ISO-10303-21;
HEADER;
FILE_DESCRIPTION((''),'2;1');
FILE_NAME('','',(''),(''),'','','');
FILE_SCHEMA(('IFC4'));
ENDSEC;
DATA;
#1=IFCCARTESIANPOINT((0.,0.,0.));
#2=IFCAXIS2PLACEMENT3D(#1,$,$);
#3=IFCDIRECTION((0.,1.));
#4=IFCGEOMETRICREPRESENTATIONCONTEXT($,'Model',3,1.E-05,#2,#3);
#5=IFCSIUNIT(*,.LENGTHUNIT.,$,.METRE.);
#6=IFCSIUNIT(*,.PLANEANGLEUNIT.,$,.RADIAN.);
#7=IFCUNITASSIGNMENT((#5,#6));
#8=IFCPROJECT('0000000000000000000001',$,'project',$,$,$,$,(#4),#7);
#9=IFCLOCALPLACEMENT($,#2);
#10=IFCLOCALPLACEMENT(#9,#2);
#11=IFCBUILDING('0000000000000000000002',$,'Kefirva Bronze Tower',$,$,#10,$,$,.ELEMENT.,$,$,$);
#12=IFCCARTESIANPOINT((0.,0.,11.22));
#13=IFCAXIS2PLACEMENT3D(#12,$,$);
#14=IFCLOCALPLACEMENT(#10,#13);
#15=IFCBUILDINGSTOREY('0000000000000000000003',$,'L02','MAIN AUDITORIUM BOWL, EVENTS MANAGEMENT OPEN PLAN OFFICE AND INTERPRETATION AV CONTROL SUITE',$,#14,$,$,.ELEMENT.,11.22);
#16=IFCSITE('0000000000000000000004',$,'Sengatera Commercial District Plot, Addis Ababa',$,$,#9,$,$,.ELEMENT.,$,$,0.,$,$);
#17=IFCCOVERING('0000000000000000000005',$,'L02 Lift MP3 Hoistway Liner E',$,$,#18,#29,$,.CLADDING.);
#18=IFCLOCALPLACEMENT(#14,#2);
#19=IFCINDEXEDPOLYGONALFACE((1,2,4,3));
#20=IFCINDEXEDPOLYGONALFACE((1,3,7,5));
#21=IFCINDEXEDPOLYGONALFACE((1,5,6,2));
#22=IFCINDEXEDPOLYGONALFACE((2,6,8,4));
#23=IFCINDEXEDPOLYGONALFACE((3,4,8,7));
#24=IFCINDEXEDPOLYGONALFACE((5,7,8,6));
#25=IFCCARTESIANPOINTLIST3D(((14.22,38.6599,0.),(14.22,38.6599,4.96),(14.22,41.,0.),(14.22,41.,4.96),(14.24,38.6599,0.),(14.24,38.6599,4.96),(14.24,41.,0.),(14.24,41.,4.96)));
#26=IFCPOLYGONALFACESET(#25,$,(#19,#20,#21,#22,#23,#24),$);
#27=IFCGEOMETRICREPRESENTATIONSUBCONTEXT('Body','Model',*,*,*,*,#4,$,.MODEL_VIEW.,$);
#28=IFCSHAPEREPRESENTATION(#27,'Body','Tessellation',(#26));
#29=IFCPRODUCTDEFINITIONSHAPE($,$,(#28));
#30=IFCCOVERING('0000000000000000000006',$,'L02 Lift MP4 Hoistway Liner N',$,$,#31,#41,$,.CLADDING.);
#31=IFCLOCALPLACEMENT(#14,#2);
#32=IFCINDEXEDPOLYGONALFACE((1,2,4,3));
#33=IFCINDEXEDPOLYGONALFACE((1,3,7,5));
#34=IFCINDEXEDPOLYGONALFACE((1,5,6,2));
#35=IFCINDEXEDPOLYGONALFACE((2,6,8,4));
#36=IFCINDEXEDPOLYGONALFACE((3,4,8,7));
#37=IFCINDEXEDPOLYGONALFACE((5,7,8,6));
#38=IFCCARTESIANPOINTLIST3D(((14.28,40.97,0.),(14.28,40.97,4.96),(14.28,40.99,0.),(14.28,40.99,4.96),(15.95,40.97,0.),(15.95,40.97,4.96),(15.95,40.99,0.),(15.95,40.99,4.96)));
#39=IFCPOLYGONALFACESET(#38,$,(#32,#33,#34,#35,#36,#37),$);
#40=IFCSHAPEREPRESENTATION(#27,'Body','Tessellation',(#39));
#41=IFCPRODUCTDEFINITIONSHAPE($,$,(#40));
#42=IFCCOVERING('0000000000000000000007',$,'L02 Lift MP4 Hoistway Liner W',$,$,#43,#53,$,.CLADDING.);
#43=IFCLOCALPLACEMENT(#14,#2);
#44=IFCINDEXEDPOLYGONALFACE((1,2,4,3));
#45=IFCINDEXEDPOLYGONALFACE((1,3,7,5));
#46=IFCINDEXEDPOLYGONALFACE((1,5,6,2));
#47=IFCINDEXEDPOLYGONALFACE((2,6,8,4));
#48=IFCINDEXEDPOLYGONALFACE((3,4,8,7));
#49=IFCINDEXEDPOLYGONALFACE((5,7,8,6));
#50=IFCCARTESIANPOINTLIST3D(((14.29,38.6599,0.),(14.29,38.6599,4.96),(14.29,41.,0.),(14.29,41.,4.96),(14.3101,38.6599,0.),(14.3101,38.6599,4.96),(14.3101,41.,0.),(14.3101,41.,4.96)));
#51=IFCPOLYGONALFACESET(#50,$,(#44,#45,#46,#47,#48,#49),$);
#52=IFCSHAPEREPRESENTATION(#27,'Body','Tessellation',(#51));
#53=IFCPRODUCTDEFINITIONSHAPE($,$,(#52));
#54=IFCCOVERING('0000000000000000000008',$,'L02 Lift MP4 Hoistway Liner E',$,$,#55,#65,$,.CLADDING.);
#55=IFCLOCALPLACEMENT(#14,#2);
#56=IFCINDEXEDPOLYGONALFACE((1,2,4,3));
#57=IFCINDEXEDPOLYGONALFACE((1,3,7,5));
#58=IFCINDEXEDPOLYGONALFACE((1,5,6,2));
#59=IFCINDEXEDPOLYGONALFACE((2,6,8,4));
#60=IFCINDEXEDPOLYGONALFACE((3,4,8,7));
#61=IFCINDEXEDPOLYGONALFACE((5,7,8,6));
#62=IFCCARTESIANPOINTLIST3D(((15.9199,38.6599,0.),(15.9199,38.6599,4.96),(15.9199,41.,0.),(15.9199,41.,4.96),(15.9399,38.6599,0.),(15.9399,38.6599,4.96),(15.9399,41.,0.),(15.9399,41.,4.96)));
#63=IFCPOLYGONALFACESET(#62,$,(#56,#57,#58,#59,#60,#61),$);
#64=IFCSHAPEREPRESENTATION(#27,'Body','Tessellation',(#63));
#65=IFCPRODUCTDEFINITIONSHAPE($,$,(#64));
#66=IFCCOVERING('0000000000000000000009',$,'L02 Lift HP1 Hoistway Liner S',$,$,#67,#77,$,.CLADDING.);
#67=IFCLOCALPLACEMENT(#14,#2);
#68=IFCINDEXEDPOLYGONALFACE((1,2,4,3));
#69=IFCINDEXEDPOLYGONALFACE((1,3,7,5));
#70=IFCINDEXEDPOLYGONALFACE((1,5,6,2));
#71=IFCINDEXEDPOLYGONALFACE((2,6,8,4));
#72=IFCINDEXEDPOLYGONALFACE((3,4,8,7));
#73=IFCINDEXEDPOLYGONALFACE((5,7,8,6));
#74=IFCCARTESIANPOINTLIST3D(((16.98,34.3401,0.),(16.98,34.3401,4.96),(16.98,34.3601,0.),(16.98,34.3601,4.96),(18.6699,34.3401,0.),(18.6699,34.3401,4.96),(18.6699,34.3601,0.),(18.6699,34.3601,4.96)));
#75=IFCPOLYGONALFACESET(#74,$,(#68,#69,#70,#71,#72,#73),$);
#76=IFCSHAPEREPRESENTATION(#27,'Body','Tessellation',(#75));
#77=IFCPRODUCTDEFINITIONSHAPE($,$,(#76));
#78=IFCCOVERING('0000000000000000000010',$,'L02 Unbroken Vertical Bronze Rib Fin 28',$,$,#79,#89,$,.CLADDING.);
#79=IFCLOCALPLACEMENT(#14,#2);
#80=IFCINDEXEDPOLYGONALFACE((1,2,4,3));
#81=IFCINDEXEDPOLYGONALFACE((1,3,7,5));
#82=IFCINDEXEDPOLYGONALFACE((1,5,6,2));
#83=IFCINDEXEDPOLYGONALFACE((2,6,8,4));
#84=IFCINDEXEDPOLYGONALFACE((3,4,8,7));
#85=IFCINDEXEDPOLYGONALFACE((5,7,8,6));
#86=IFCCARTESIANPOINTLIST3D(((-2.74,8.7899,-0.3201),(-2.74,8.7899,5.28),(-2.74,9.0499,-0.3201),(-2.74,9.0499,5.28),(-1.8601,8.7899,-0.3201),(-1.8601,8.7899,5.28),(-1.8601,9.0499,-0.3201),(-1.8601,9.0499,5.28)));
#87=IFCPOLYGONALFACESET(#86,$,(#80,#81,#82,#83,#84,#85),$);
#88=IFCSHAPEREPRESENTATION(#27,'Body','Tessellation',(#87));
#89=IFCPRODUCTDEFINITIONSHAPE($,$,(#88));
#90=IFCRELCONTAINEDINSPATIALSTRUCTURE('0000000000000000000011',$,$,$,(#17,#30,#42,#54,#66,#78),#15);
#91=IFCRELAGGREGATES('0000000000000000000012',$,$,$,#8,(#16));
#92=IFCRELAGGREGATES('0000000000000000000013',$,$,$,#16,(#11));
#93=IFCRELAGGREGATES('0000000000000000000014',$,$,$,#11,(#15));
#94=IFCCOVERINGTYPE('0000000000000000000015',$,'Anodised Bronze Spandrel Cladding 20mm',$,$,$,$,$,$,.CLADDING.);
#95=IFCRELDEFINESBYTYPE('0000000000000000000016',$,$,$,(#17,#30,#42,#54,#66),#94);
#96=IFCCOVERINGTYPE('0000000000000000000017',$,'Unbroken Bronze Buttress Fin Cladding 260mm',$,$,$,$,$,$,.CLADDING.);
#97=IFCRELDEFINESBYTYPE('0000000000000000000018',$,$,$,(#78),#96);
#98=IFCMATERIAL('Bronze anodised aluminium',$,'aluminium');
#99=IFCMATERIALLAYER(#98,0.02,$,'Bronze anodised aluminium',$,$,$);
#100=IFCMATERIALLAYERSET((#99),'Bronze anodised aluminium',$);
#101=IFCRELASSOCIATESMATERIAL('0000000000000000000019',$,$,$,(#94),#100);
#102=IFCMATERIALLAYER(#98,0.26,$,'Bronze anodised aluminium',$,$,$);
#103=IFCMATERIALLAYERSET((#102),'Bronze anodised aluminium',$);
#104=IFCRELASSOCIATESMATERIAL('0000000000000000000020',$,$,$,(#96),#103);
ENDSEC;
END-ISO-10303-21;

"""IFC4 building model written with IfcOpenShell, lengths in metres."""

from ifc_helpers import new_model, si_unit, direction, frame, origin, origin_2d, place, context, subcontext, project, spatial, polyline, rectangle, outline, extrude, material, layer, layer_set, type_object, element, save


model = new_model("IFC4")

# Units and contexts
model_context = context("Model", 3, precision=1e-05, world=origin(), true_north=direction((0.0, 1.0)))
body_context = subcontext(model_context, "Body", "Model", "MODEL_VIEW")
ifc_project = project(units=[si_unit("LENGTHUNIT", "METRE"), si_unit("PLANEANGLEUNIT", "RADIAN")], contexts=[model_context])

# Site, building, storey
site_placement = place(None, origin())
site = spatial("IfcSite", under=ifc_project, at=site_placement, Name="Sengatera Commercial District Plot, Addis Ababa", CompositionType="ELEMENT", RefElevation=0.0)
building_placement = place(site_placement, origin())
building = spatial("IfcBuilding", under=site, at=building_placement, Name="Kefirva Bronze Tower", CompositionType="ELEMENT")
storey_placement = place(building_placement, frame((0.0, 0.0, 11.22)))
storey = spatial("IfcBuildingStorey", under=building, at=storey_placement, Name="L02", Description="MAIN AUDITORIUM BOWL, EVENTS MANAGEMENT OPEN PLAN OFFICE AND INTERPRETATION AV CONTROL SUITE", CompositionType="ELEMENT", Elevation=11.22)

# Shared definitions
ifc_material_1 = material(Name="Bronze anodised aluminium", Category="aluminium")

# Coverings
ifc_layer_1 = layer(ifc_material_1, 0.02, Name="Bronze anodised aluminium")
ifc_layer_set_1 = layer_set([ifc_layer_1], Name="Bronze anodised aluminium")
covering_type_1 = type_object("IfcCoveringType", Name="Anodised Bronze Spandrel Cladding 20mm", PredefinedType="CLADDING", material=ifc_layer_set_1)
covering_1_placement = place(storey_placement, origin())
element("IfcCovering", 1, at=covering_1_placement, inside=storey, type_object=covering_type_1, Name="L02 Lift MP3 Hoistway Liner E", PredefinedType="CLADDING", context=body_context, shape_type="SweptSolid", body=[
    extrude(outline(polyline([(14.22, 38.6599), (14.24, 38.6599), (14.24, 41.0), (14.22, 41.0), (14.22, 38.6599)])), origin(), (0.0, 0.0, 1.0), 4.96),
])
covering_2_placement = place(storey_placement, origin())
element("IfcCovering", 2, at=covering_2_placement, inside=storey, type_object=covering_type_1, Name="L02 Lift MP4 Hoistway Liner N", PredefinedType="CLADDING", context=body_context, shape_type="SweptSolid", body=[
    extrude(outline(polyline([(14.28, 40.97), (15.95, 40.97), (15.95, 40.99), (14.28, 40.99), (14.28, 40.97)])), origin(), (0.0, 0.0, 1.0), 4.96),
])
covering_3_placement = place(storey_placement, origin())
element("IfcCovering", 3, at=covering_3_placement, inside=storey, type_object=covering_type_1, Name="L02 Lift MP4 Hoistway Liner W", PredefinedType="CLADDING", context=body_context, shape_type="SweptSolid", body=[
    extrude(outline(polyline([(14.29, 38.6599), (14.3101, 38.6599), (14.3101, 41.0), (14.29, 41.0), (14.29, 38.6599)])), origin(), (0.0, 0.0, 1.0), 4.96),
])
covering_4_placement = place(storey_placement, origin())
element("IfcCovering", 4, at=covering_4_placement, inside=storey, type_object=covering_type_1, Name="L02 Lift MP4 Hoistway Liner E", PredefinedType="CLADDING", context=body_context, shape_type="SweptSolid", body=[
    extrude(outline(polyline([(15.9199, 38.6599), (15.9399, 38.6599), (15.9399, 41.0), (15.9199, 41.0), (15.9199, 38.6599)])), origin(), (0.0, 0.0, 1.0), 4.96),
])
covering_5_placement = place(storey_placement, origin())
element("IfcCovering", 5, at=covering_5_placement, inside=storey, type_object=covering_type_1, Name="L02 Lift HP1 Hoistway Liner S", PredefinedType="CLADDING", context=body_context, shape_type="SweptSolid", body=[
    extrude(outline(polyline([(16.98, 34.3401), (18.6699, 34.3401), (18.6699, 34.3601), (16.98, 34.3601), (16.98, 34.3401)])), origin(), (0.0, 0.0, 1.0), 4.96),
])
ifc_layer_2 = layer(ifc_material_1, 0.26, Name="Bronze anodised aluminium")
ifc_layer_set_2 = layer_set([ifc_layer_2], Name="Bronze anodised aluminium")
covering_type_2 = type_object("IfcCoveringType", Name="Unbroken Bronze Buttress Fin Cladding 260mm", PredefinedType="CLADDING", material=ifc_layer_set_2)
covering_6_placement = place(storey_placement, frame((-2.3, 8.9199, -0.3201), z_axis=(0.0, 0.0, 1.0), x_axis=(0.0, -1.0, 0.0)))
element("IfcCovering", 6, at=covering_6_placement, inside=storey, type_object=covering_type_2, Name="L02 Unbroken Vertical Bronze Rib Fin 28", PredefinedType="CLADDING", context=body_context, shape_type="SweptSolid", body=[
    extrude(rectangle(XDim=0.26, YDim=0.8799, at=origin_2d()), origin(), (0.0, 0.0, 1.0), 5.6001),
])

save(model, "model.ifc")
